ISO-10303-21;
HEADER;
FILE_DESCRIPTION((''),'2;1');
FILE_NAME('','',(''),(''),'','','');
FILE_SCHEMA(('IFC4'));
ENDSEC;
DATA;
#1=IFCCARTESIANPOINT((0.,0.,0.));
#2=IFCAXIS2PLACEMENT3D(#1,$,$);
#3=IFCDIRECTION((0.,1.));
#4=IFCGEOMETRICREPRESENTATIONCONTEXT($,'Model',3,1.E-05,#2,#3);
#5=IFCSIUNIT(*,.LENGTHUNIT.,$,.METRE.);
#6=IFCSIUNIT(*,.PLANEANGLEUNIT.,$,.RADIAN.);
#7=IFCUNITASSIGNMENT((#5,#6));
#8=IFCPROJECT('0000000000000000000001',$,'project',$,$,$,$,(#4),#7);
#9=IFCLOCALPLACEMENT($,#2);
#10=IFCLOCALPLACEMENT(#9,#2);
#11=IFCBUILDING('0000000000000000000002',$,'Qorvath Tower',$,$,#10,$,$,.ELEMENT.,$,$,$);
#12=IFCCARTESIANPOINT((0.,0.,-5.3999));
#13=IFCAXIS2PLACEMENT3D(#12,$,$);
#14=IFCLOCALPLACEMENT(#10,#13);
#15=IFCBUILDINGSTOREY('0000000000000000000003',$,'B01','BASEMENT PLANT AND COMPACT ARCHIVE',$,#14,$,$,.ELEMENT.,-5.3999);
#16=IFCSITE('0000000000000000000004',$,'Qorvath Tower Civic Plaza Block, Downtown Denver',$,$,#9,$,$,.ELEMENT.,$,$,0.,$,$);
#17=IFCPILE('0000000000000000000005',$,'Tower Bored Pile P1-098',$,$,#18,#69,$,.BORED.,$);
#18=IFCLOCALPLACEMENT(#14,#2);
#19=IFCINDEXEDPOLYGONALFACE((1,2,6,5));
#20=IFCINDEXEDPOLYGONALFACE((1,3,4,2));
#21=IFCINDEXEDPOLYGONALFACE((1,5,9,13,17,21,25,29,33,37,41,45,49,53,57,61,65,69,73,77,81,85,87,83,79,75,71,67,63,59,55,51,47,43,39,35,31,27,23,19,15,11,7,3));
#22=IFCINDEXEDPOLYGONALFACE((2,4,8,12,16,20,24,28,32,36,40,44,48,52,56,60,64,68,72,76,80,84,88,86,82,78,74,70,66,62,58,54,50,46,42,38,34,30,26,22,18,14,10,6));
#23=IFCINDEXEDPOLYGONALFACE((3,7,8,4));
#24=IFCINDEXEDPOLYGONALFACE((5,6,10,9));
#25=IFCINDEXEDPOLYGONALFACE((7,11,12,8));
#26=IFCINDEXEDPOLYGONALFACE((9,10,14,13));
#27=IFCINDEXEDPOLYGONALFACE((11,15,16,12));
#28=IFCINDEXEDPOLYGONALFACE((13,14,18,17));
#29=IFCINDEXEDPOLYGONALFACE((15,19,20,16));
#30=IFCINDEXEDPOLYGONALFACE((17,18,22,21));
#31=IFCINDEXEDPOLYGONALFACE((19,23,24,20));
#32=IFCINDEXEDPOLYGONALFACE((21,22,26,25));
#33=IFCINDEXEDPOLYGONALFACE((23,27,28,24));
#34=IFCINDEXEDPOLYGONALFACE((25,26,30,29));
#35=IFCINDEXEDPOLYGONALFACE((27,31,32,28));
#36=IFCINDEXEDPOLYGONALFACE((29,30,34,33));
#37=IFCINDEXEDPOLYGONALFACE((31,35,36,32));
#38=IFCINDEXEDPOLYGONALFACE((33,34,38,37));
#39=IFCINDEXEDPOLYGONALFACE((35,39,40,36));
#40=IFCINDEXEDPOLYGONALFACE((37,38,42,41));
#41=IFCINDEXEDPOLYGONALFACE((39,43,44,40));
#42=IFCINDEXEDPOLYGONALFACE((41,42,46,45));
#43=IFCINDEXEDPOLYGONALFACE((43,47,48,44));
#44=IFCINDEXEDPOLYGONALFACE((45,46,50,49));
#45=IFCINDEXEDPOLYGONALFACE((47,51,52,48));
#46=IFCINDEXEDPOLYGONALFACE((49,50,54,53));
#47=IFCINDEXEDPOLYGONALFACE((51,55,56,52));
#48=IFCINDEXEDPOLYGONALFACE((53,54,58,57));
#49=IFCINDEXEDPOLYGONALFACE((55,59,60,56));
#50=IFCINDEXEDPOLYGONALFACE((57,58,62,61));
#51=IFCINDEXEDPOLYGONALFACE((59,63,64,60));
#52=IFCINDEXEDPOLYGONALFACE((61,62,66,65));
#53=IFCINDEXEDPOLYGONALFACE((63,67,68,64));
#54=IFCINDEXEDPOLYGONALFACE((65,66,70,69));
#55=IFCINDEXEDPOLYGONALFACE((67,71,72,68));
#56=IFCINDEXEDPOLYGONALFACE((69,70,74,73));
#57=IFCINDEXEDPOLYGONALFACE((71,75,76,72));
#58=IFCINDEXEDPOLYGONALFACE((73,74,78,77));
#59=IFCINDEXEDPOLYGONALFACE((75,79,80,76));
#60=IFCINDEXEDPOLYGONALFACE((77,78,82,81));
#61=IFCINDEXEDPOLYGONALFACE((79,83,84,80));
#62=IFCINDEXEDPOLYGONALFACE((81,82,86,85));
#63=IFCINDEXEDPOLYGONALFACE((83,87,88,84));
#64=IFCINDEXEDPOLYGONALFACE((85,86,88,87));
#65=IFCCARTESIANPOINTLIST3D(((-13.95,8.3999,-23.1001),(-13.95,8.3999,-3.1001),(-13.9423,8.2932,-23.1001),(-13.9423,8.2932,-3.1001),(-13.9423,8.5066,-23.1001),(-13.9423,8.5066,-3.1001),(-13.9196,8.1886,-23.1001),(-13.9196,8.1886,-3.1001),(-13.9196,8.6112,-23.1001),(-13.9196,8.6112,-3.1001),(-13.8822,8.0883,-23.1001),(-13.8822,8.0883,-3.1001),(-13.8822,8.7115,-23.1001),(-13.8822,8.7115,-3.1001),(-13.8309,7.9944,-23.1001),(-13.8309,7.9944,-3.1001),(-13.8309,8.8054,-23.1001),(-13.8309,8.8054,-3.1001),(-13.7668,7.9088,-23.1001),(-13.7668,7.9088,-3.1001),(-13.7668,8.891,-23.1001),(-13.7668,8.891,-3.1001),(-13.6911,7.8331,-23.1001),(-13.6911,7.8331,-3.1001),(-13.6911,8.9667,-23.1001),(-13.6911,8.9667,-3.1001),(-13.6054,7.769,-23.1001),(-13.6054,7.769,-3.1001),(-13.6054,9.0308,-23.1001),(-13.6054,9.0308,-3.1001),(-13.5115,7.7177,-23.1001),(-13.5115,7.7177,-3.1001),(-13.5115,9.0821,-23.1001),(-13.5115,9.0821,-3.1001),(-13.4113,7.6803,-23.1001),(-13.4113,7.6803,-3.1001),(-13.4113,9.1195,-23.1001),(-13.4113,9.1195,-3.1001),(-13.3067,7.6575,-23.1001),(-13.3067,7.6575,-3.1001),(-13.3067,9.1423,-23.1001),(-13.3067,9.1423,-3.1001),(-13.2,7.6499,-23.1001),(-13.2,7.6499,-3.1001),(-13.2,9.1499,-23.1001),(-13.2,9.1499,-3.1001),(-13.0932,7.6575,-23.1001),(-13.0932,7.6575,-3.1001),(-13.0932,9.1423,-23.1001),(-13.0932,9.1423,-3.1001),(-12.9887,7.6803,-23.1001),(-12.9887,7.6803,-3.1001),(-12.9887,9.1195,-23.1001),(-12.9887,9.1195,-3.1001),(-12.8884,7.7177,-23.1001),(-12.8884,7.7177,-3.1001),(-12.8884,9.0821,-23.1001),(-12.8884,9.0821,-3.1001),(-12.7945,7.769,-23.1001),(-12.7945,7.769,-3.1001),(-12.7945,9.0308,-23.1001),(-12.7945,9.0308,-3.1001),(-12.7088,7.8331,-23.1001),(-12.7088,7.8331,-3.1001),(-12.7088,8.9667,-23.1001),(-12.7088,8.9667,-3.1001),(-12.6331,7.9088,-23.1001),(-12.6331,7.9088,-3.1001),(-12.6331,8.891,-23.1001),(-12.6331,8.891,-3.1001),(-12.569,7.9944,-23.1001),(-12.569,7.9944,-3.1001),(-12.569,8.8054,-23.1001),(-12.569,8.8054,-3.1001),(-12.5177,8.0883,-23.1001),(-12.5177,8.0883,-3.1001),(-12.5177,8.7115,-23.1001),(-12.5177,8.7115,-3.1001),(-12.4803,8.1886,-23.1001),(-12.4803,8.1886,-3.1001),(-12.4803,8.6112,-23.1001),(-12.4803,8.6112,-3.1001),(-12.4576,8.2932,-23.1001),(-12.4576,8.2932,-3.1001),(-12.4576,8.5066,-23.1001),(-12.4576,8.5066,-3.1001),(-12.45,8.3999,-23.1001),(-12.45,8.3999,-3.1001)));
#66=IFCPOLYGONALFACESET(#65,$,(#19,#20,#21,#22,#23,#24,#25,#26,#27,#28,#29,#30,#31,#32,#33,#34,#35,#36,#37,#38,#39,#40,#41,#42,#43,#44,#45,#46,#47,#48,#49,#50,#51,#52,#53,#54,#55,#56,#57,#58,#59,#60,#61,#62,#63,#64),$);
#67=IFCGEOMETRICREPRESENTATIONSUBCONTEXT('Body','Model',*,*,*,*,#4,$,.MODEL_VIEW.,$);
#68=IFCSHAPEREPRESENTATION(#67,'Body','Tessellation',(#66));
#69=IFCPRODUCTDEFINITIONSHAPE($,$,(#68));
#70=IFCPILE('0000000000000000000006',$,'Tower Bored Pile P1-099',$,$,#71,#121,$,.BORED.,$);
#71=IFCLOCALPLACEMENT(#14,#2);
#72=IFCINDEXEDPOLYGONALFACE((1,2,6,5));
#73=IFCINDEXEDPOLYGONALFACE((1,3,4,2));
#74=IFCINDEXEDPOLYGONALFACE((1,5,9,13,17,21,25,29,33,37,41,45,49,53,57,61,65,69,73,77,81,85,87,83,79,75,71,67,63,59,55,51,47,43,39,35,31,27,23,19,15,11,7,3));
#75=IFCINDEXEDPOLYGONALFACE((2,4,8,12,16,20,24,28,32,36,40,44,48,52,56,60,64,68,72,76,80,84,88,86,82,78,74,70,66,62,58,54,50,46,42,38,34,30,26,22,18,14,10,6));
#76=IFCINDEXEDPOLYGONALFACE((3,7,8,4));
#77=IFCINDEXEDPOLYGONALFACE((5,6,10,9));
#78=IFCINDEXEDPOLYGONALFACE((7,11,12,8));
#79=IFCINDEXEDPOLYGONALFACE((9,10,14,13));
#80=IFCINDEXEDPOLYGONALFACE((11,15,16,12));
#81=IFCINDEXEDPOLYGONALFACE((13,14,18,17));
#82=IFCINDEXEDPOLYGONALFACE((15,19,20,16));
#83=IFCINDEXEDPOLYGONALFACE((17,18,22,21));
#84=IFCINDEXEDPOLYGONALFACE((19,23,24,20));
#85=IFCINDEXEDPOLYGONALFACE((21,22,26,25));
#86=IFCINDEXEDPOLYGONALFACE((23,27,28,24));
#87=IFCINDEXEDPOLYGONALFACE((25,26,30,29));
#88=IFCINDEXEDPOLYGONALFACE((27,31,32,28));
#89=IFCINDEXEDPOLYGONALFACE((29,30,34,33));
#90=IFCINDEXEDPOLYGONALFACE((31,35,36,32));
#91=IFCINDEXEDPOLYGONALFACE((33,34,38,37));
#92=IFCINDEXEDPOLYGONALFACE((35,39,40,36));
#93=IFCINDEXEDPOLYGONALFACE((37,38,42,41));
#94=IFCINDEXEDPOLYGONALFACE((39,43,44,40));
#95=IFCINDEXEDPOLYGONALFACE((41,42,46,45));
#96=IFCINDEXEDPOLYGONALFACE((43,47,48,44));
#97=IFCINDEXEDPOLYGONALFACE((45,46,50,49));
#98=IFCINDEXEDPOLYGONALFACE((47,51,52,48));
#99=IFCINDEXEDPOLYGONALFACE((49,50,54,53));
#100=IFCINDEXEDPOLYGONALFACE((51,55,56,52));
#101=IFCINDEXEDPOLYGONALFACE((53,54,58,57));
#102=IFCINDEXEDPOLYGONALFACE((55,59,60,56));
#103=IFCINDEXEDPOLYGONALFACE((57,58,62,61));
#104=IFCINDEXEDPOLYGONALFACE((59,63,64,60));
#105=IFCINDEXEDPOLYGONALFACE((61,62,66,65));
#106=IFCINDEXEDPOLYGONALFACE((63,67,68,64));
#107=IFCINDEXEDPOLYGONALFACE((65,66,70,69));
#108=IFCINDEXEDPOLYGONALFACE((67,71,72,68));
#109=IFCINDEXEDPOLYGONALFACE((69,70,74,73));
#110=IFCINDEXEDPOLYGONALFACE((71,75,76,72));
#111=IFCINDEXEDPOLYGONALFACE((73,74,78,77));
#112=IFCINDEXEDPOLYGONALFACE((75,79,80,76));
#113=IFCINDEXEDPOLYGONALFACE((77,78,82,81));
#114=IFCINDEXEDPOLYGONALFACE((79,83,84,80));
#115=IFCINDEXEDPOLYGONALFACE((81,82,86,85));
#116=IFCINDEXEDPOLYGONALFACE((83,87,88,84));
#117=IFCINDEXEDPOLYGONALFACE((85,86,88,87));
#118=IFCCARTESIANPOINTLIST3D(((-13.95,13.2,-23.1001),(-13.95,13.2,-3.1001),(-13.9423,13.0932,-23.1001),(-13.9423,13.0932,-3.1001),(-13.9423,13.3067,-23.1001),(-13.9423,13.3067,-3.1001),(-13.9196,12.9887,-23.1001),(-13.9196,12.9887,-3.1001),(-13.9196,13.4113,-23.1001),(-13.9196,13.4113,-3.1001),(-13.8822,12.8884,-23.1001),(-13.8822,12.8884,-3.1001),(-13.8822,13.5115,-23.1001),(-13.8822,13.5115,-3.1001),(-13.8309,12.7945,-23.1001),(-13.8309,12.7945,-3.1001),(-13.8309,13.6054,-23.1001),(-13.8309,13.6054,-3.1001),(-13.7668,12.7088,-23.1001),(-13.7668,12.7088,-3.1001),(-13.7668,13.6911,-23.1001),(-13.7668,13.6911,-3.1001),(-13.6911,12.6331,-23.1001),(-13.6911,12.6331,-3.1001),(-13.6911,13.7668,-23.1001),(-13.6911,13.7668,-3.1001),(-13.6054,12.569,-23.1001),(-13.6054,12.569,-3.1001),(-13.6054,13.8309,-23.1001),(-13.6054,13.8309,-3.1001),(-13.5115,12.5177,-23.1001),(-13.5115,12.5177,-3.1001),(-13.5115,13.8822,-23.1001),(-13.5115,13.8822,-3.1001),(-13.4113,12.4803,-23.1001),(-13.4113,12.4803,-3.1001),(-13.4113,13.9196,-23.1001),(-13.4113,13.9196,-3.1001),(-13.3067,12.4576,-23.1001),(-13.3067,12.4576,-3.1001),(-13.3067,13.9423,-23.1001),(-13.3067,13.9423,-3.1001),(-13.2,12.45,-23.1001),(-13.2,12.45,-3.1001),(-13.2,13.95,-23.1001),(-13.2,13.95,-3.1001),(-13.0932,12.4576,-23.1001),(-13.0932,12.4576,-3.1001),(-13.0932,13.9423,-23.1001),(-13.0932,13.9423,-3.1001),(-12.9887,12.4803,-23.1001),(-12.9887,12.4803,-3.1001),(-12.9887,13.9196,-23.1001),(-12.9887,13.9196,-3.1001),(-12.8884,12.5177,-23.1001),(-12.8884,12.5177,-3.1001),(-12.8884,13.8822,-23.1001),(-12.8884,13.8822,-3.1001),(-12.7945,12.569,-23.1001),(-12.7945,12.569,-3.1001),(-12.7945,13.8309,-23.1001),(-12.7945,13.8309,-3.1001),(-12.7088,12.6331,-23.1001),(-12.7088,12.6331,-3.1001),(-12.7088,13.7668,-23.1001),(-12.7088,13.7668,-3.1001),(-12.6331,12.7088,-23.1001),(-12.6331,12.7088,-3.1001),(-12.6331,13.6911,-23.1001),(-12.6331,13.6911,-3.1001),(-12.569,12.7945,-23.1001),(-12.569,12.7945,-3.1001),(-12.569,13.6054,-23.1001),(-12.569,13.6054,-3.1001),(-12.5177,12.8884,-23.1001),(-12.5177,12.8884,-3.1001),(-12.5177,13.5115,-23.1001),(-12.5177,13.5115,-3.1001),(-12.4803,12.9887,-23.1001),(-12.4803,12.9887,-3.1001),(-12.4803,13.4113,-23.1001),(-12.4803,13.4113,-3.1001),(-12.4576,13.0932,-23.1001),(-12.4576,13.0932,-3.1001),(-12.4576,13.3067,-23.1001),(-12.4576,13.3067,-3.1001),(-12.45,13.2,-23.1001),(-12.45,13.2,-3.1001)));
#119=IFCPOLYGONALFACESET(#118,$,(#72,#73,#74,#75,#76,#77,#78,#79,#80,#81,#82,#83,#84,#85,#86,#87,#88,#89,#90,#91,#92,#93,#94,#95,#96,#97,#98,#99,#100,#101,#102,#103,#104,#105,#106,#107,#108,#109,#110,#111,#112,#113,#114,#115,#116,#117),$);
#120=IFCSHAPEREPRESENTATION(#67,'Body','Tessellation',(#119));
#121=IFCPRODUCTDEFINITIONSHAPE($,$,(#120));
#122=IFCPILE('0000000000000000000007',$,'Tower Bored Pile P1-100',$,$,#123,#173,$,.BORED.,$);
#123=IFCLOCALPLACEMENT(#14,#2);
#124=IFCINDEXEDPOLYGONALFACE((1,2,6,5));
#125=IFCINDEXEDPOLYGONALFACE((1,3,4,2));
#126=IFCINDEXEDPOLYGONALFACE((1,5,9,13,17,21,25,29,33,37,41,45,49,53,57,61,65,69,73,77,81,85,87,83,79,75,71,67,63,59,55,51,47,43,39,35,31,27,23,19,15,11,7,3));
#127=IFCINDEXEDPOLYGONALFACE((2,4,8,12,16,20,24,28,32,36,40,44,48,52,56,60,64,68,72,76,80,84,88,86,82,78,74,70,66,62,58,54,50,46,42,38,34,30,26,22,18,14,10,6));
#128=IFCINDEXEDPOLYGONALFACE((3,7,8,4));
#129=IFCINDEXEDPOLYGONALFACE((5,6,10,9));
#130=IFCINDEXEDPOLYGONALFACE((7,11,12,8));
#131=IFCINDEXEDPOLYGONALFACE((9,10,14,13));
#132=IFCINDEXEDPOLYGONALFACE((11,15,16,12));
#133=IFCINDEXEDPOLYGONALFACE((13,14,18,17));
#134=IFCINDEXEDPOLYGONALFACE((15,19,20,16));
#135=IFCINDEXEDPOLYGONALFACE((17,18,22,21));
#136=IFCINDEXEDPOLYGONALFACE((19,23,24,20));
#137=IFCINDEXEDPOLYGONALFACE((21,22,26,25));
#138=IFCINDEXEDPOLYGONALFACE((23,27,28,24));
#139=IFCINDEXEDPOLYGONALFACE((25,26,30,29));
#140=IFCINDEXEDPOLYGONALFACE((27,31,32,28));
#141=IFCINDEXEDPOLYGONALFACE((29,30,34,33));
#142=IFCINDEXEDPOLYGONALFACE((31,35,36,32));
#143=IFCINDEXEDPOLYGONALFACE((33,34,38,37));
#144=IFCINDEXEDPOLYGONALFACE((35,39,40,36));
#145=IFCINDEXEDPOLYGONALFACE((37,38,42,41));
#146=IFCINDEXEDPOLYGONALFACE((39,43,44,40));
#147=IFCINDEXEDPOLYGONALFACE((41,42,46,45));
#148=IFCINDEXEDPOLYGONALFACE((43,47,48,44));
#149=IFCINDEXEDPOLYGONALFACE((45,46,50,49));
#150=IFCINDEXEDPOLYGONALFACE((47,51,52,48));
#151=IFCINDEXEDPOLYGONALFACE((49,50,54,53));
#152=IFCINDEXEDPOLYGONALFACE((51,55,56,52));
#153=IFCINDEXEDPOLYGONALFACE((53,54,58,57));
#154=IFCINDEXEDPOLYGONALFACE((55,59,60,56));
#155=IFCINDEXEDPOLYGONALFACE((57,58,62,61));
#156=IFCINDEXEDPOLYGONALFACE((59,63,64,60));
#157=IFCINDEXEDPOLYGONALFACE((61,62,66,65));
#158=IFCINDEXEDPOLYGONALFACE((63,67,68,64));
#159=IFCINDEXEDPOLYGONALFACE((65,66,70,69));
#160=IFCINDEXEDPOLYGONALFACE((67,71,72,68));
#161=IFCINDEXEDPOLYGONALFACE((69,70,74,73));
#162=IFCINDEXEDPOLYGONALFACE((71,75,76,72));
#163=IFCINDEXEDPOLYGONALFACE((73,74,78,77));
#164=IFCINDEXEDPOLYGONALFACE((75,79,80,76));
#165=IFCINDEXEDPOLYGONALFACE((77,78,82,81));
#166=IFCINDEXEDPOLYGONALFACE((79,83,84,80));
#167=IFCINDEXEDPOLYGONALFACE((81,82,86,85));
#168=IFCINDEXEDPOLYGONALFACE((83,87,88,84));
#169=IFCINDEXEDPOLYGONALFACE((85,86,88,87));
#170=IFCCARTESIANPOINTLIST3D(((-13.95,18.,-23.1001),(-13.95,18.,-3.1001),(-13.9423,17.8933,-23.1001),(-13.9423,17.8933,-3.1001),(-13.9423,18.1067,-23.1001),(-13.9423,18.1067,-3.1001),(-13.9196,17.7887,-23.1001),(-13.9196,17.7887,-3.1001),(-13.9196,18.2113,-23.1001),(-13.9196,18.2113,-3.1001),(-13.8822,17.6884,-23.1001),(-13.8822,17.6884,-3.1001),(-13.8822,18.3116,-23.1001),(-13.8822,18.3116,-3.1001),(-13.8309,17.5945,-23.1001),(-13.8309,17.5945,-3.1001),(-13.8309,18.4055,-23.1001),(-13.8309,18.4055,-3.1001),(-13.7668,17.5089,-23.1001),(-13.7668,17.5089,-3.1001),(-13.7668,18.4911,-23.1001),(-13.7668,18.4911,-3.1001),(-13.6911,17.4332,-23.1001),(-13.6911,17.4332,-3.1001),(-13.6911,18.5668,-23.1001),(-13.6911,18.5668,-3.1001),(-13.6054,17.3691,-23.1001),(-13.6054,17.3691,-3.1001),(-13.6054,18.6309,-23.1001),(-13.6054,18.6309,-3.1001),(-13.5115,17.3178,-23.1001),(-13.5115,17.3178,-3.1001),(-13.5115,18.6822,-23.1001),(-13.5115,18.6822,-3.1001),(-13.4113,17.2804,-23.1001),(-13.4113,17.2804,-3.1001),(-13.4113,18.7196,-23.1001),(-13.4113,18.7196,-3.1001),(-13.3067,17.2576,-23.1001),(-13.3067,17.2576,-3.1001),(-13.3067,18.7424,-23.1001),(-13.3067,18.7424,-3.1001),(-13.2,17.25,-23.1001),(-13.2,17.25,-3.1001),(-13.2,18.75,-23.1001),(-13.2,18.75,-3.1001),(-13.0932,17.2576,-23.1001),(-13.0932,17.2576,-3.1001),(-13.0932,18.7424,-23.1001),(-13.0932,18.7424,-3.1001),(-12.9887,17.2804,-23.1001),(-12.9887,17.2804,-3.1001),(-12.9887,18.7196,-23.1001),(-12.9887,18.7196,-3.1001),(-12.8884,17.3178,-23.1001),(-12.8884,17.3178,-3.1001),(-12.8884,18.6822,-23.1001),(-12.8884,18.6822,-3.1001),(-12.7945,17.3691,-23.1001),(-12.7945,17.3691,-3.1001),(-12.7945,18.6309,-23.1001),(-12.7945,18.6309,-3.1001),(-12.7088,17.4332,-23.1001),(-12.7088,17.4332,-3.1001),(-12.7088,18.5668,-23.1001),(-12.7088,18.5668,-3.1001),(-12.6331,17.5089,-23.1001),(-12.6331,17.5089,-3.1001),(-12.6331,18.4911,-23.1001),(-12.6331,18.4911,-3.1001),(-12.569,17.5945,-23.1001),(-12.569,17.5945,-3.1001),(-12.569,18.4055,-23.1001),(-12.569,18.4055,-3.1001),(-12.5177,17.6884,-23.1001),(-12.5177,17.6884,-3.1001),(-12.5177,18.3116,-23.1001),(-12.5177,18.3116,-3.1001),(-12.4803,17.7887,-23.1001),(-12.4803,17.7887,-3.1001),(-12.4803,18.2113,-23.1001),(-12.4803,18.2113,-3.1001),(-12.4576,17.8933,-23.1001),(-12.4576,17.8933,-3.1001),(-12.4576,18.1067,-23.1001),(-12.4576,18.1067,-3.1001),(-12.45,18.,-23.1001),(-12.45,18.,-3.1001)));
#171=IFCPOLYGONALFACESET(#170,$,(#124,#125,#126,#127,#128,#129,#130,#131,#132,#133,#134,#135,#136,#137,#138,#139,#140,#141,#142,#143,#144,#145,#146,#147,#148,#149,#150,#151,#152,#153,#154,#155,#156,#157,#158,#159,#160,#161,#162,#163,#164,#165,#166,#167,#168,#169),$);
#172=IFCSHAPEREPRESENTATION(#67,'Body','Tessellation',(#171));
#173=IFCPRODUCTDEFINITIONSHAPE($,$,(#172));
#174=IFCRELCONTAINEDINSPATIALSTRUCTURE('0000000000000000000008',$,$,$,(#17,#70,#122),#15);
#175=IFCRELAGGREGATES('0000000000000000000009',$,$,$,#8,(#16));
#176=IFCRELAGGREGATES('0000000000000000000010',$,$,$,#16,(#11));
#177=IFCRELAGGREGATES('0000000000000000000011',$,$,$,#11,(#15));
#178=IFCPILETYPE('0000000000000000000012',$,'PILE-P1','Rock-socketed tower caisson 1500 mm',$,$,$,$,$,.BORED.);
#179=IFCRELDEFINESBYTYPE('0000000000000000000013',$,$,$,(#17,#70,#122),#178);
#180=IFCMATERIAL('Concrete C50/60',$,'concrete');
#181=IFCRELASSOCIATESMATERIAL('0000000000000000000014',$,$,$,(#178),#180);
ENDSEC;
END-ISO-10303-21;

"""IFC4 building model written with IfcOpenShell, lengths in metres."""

from ifc_helpers import new_model, si_unit, direction, frame, origin, origin_2d, place, context, subcontext, project, spatial, circle, extrude, material, material_profile, profile_set, type_object, element, save


model = new_model("IFC4")

# Units and contexts
model_context = context("Model", 3, precision=1e-05, world=origin(), true_north=direction((0.0, 1.0)))
body_context = subcontext(model_context, "Body", "Model", "MODEL_VIEW")
ifc_project = project(units=[si_unit("LENGTHUNIT", "METRE"), si_unit("PLANEANGLEUNIT", "RADIAN")], contexts=[model_context])

# Site, building, storey
site_placement = place(None, origin())
site = spatial("IfcSite", under=ifc_project, at=site_placement, Name="Qorvath Tower Civic Plaza Block, Downtown Denver", CompositionType="ELEMENT", RefElevation=0.0)
building_placement = place(site_placement, origin())
building = spatial("IfcBuilding", under=site, at=building_placement, Name="Qorvath Tower", CompositionType="ELEMENT")
storey_placement = place(building_placement, frame((0.0, 0.0, -5.3999)))
storey = spatial("IfcBuildingStorey", under=building, at=storey_placement, Name="B01", Description="BASEMENT PLANT AND COMPACT ARCHIVE", CompositionType="ELEMENT", Elevation=-5.3999)

# Piles
ifc_material_1 = material(Name="Concrete C50/60", Category="concrete")
ifc_material_profile_1 = material_profile(ifc_material_1, circle(Radius=0.75, at=origin_2d()), Name="BORED PILE 1500")
ifc_profile_set_1 = profile_set([ifc_material_profile_1], Name="Concrete C50/60")
pile_type = type_object("IfcPileType", Name="PILE-P1", Description="Rock-socketed tower caisson 1500 mm", PredefinedType="BORED", material=ifc_profile_set_1)
for number, where, z_axis, x_axis, name in (
    (1, (-13.2, 8.3999, -3.1001), (0.0, 0.0, -1.0), (1.0, 0.0, 0.0), "Tower Bored Pile P1-098"),
    (2, (-13.2, 13.2, -3.1001), (0.0, 0.0, -1.0), (1.0, 0.0, 0.0), "Tower Bored Pile P1-099"),
    (3, (-13.2, 18.0, -3.1001), (0.0, 0.0, -1.0), (1.0, 0.0, 0.0), "Tower Bored Pile P1-100"),
):
    element("IfcPile", number, at=place(storey_placement, frame(where, z_axis=z_axis, x_axis=x_axis)), inside=storey, type_object=pile_type, Name=name, PredefinedType="BORED", context=body_context, shape_type="SweptSolid", body=[
        extrude(circle(Radius=0.75, at=origin_2d()), origin(), (0.0, 0.0, 1.0), 20.0),
    ])

save(model, "model.ifc")
